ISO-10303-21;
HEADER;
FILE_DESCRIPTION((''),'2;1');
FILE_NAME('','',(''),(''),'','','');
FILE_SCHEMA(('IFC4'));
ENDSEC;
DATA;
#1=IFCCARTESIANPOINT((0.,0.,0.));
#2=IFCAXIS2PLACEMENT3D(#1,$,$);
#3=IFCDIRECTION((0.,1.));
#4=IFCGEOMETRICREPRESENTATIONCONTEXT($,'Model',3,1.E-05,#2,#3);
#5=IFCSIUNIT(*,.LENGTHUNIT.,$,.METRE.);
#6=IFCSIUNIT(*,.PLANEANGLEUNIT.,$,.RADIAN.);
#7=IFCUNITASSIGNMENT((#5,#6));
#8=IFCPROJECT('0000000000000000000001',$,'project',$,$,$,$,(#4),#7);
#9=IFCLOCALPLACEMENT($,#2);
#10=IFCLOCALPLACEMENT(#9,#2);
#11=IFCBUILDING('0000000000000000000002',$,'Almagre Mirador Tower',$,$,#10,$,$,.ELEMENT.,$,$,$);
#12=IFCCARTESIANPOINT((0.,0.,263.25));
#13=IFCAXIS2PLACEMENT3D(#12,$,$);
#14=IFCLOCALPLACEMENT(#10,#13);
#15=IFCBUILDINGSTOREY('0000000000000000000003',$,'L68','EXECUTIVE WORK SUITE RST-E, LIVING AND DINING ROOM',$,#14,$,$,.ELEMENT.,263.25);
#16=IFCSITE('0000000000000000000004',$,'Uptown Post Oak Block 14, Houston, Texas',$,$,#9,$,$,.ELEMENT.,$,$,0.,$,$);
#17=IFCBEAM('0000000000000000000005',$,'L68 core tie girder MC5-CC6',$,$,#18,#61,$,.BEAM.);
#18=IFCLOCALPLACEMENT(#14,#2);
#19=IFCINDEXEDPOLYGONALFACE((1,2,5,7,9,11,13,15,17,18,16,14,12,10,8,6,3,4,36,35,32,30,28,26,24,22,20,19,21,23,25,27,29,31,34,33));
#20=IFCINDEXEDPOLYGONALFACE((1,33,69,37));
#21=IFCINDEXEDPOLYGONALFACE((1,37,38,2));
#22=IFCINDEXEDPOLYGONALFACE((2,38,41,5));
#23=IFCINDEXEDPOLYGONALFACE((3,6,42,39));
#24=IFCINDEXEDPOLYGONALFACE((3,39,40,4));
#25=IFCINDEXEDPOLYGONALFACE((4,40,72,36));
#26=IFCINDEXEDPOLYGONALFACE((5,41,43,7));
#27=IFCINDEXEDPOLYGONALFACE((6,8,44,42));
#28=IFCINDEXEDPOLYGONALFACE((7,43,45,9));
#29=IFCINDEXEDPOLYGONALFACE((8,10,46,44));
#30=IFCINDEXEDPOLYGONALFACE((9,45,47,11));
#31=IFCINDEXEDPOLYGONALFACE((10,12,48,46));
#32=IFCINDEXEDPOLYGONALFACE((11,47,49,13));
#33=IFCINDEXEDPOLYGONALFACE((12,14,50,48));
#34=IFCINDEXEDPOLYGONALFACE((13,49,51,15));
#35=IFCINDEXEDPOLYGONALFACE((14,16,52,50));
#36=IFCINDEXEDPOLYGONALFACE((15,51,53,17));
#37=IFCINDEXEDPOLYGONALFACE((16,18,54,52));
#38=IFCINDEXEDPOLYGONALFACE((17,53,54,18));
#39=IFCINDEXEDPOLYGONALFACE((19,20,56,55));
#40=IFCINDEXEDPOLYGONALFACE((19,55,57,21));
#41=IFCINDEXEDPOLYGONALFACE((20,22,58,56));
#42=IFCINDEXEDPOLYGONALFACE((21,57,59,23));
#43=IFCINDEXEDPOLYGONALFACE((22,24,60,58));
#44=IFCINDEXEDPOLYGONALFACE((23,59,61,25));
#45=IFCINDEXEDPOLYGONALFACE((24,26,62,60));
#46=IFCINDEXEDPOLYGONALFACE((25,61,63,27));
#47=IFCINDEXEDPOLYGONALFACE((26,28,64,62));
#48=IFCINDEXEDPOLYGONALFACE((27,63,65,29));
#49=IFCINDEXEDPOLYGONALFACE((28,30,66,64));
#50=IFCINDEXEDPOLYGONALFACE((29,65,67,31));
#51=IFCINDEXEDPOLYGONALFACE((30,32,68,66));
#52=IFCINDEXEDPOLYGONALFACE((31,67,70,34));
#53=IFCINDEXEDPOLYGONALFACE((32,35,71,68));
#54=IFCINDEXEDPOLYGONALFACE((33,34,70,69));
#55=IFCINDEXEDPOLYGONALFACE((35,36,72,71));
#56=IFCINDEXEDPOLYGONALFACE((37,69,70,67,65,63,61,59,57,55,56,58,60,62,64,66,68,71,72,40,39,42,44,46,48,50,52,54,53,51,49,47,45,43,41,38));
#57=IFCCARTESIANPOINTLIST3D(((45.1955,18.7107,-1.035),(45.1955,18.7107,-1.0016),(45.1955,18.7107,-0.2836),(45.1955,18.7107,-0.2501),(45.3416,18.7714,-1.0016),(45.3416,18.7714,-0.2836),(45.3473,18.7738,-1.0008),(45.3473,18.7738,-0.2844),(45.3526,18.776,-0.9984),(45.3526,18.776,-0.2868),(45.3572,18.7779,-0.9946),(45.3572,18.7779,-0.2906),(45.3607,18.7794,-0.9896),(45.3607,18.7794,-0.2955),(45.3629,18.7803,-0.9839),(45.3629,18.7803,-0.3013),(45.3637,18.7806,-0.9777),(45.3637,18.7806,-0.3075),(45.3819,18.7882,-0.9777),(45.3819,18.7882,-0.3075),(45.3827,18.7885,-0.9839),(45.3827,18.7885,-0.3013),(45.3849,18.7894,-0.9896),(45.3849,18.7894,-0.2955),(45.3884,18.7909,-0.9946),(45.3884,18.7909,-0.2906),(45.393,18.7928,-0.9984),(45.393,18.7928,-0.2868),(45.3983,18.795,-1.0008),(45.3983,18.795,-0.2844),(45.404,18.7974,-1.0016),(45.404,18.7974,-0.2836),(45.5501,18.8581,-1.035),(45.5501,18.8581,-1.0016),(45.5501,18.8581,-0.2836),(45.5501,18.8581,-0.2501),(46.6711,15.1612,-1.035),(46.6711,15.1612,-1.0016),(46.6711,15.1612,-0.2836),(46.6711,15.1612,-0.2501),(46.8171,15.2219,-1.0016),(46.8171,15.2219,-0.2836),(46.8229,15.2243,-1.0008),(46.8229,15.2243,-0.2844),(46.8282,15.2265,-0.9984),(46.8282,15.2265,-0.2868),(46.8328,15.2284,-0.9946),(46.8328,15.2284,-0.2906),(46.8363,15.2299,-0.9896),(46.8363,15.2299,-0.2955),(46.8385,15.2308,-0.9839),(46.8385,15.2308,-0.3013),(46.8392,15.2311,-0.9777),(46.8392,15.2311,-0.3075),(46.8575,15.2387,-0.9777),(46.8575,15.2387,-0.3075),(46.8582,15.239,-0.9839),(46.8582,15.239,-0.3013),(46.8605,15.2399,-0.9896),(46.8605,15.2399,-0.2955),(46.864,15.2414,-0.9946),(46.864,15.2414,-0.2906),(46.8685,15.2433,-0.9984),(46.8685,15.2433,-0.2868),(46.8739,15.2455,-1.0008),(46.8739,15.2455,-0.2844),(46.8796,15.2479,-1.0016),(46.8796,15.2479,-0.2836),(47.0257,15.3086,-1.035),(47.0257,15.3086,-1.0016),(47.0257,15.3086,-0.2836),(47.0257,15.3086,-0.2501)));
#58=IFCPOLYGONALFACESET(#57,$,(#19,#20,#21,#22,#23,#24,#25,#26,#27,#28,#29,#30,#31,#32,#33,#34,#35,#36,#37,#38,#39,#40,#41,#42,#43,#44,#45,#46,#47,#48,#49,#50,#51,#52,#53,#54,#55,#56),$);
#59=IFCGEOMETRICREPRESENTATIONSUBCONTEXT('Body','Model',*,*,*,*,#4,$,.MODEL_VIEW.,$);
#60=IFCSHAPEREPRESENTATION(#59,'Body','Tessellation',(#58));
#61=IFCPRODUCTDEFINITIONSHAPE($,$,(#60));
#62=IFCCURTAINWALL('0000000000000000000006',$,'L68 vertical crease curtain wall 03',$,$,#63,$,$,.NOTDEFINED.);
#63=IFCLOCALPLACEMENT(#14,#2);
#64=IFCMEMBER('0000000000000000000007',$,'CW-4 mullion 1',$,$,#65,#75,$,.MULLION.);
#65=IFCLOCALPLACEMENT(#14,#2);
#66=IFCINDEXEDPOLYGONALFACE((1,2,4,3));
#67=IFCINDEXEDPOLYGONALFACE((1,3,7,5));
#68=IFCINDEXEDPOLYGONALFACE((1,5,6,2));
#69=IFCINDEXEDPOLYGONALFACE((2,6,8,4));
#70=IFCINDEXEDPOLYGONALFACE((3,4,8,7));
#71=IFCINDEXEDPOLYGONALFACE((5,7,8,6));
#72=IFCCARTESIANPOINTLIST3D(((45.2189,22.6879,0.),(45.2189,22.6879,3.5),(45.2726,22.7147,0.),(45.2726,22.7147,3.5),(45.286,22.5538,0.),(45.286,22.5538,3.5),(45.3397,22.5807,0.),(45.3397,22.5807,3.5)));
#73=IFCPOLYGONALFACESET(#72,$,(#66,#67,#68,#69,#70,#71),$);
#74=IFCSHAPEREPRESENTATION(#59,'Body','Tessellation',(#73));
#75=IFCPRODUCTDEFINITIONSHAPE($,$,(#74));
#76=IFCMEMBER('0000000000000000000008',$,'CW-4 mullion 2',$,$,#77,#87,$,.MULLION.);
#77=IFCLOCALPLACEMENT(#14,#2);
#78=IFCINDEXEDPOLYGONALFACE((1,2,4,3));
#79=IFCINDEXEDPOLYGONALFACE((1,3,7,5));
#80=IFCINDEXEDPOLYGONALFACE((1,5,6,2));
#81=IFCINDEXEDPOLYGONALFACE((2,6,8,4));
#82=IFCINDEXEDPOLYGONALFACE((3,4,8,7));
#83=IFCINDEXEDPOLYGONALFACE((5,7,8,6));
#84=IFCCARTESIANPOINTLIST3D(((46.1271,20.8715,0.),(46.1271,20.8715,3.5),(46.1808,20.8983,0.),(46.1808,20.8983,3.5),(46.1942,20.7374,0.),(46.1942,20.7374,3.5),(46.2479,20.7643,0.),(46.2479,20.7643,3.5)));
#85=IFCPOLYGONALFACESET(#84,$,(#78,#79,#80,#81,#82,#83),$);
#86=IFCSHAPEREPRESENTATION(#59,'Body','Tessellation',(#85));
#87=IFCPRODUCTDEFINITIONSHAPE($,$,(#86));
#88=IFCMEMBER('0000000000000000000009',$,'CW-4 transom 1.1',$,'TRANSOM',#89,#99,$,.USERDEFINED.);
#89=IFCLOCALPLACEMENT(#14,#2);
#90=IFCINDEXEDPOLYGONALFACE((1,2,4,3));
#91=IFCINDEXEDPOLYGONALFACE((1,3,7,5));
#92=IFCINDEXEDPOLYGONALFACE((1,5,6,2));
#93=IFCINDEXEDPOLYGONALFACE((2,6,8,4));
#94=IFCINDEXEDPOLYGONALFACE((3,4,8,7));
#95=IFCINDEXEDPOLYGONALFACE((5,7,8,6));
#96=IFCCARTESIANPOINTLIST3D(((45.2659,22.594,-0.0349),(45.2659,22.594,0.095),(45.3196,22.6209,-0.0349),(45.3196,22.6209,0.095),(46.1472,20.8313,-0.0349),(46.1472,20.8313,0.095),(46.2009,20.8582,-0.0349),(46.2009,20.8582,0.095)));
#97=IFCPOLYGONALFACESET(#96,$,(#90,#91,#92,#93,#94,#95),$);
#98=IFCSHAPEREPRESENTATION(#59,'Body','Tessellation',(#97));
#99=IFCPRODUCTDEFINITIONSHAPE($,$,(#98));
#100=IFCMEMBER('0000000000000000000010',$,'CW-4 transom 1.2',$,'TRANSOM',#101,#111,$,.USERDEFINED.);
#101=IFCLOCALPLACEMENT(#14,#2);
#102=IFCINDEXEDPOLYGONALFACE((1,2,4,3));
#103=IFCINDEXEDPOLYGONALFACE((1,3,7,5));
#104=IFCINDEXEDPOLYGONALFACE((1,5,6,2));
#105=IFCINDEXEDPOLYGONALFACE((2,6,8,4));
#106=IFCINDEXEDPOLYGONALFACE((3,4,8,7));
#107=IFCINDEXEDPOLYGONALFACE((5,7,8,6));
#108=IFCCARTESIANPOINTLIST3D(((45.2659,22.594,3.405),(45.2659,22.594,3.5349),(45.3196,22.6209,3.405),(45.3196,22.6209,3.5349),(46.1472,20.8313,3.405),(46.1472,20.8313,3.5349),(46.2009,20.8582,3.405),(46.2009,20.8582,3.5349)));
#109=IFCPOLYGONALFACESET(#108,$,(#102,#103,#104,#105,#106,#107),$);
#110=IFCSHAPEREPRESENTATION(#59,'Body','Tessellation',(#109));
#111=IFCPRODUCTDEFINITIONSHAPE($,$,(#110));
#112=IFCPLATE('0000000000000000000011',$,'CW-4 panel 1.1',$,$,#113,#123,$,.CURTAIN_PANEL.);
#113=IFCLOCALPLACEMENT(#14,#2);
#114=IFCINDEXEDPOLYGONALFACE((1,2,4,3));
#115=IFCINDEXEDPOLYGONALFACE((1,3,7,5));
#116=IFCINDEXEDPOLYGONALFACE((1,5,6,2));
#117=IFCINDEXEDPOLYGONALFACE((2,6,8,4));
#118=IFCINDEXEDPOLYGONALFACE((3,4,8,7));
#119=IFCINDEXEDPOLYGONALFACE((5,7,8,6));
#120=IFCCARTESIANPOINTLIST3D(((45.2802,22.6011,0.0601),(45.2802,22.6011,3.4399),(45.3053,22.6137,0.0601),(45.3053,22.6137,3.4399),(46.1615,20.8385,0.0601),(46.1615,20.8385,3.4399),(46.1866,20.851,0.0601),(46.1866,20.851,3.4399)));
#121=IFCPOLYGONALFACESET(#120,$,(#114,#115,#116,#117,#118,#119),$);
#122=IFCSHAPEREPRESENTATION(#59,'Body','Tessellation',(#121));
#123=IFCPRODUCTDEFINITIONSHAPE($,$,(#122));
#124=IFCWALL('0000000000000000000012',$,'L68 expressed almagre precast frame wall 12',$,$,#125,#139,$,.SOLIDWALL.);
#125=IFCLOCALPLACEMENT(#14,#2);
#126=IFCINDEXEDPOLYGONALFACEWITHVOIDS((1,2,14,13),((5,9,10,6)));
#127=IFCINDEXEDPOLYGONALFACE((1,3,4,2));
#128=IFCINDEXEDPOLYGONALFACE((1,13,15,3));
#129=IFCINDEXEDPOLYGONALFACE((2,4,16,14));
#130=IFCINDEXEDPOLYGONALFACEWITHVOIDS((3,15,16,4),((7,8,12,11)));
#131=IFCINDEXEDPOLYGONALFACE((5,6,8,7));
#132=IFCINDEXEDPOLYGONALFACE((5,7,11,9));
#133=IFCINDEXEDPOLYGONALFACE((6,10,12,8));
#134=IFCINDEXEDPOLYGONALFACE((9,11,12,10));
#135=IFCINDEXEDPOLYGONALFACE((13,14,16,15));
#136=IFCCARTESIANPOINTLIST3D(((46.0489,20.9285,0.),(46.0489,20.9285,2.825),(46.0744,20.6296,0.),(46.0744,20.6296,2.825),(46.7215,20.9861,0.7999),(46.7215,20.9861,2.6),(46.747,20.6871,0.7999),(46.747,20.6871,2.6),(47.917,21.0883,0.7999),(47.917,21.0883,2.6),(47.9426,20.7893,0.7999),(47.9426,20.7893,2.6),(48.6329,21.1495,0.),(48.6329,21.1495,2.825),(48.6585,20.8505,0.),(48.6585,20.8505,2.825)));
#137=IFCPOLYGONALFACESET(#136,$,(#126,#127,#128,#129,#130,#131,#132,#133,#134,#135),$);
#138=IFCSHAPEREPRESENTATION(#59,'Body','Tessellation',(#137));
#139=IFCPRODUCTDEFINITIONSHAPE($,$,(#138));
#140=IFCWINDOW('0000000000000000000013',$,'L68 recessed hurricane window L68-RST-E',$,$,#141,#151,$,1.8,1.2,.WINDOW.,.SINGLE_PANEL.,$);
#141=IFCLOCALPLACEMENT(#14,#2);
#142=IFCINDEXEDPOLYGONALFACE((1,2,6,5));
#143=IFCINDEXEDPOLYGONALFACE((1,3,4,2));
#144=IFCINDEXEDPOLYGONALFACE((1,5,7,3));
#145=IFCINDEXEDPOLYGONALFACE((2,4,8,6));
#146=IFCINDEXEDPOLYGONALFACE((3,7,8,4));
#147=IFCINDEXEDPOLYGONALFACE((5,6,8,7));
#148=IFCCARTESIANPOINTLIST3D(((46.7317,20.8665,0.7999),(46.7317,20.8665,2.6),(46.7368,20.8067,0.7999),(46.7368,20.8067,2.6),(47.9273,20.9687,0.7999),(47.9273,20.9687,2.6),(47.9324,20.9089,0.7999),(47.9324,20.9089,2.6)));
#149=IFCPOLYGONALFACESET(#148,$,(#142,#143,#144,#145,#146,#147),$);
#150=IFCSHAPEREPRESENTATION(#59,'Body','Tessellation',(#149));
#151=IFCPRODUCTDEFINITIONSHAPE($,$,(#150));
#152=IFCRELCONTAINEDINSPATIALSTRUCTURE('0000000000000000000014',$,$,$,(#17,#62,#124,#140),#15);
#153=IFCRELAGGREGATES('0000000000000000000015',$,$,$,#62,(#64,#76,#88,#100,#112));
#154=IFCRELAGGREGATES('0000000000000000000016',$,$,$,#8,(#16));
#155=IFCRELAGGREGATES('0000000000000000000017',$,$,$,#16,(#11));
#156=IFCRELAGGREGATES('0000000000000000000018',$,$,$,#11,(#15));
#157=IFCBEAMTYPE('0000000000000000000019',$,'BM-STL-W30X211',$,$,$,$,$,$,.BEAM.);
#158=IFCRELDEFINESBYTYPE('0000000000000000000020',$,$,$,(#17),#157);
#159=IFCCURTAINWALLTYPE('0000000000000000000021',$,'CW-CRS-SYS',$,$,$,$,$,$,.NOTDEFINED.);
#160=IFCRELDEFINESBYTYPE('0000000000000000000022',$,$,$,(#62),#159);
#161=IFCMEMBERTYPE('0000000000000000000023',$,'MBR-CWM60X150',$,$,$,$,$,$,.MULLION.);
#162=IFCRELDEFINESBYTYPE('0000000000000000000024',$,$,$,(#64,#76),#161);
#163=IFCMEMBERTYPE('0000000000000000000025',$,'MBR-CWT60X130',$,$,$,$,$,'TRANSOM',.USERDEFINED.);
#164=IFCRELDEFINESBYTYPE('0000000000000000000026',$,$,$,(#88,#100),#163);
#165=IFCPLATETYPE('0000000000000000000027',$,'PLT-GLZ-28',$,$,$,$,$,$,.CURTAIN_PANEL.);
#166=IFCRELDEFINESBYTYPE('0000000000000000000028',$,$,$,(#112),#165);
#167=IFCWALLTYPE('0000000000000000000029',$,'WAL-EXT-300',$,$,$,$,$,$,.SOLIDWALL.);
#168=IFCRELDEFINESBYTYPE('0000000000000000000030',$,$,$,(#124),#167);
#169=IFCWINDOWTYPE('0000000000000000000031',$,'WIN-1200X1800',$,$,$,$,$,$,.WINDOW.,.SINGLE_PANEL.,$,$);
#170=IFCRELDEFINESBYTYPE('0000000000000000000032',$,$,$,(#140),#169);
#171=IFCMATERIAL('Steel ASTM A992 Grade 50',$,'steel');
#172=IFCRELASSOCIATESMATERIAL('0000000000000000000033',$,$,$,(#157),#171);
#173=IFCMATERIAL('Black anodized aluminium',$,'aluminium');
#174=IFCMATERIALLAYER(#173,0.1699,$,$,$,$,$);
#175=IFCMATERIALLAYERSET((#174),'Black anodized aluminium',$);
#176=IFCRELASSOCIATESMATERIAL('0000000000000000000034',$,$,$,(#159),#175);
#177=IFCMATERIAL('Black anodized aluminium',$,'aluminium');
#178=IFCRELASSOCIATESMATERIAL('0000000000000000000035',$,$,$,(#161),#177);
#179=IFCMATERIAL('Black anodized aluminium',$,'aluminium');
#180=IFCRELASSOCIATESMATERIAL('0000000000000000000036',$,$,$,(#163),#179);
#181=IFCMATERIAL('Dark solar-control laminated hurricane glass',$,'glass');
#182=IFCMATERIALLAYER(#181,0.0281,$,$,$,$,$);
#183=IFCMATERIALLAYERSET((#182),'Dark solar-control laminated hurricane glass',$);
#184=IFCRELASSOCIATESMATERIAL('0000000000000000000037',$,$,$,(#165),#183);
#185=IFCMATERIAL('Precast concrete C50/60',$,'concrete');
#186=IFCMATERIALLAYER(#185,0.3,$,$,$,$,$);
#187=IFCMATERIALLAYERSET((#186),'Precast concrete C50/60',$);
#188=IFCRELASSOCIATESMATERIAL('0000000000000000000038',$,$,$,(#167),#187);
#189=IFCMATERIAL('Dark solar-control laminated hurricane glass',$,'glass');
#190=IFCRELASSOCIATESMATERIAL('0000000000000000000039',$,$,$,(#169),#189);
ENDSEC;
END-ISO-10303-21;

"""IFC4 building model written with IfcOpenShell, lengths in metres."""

from ifc_helpers import new_model, si_unit, direction, frame, frame_2d, origin, origin_2d, place, context, subcontext, project, spatial, rectangle, i_section, extrude, material, layer, layer_set, material_profile, profile_set, type_object, element, fill, aggregate, save


model = new_model("IFC4")

# Units and contexts
model_context = context("Model", 3, precision=1e-05, world=origin(), true_north=direction((0.0, 1.0)))
body_context = subcontext(model_context, "Body", "Model", "MODEL_VIEW")
ifc_project = project(units=[si_unit("LENGTHUNIT", "METRE"), si_unit("PLANEANGLEUNIT", "RADIAN")], contexts=[model_context])

# Site, building, storey
site_placement = place(None, origin())
site = spatial("IfcSite", under=ifc_project, at=site_placement, Name="Uptown Post Oak Block 14, Houston, Texas", CompositionType="ELEMENT", RefElevation=0.0)
building_placement = place(site_placement, origin())
building = spatial("IfcBuilding", under=site, at=building_placement, Name="Almagre Mirador Tower", CompositionType="ELEMENT")
storey_placement = place(building_placement, frame((0.0, 0.0, 263.25)))
storey = spatial("IfcBuildingStorey", under=building, at=storey_placement, Name="L68", Description="EXECUTIVE WORK SUITE RST-E, LIVING AND DINING ROOM", CompositionType="ELEMENT", Elevation=263.25)

# Beam
ifc_material_1 = material(Name="Steel ASTM A992 Grade 50", Category="steel")
ifc_material_profile_1 = material_profile(ifc_material_1, i_section(OverallWidth=0.384, OverallDepth=0.7849, WebThickness=0.0198, FlangeThickness=0.0334, FilletRadius=0.0239, at=origin_2d()), Name="W30X211")
ifc_profile_set_1 = profile_set([ifc_material_profile_1], Name="Steel ASTM A992 Grade 50")
beam_type_1 = type_object("IfcBeamType", Name="BM-STL-W30X211", PredefinedType="BEAM", material=ifc_profile_set_1)
beam_1_placement = place(storey_placement, frame((45.3728, 18.7844, -0.6426), z_axis=(0.383862, -0.92339, 0.0), x_axis=(0.92339, 0.383862, 0.0)))
element("IfcBeam", 1, at=beam_1_placement, inside=storey, type_object=beam_type_1, Name="L68 core tie girder MC5-CC6", PredefinedType="BEAM", context=body_context, shape_type="SweptSolid", body=[
    extrude(i_section(OverallWidth=0.384, OverallDepth=0.7849, WebThickness=0.0198, FlangeThickness=0.0334, FilletRadius=0.0239, at=origin_2d()), origin(), (0.0, 0.0, 1.0), 3.844),
])

# Curtain wall, members, plate
ifc_material_2 = material(Name="Black anodized aluminium", Category="aluminium")
ifc_layer_1 = layer(ifc_material_2, 0.1699)
ifc_layer_set_1 = layer_set([ifc_layer_1], Name="Black anodized aluminium")
curtain_wall_type = type_object("IfcCurtainWallType", Name="CW-CRS-SYS", PredefinedType="NOTDEFINED", material=ifc_layer_set_1)
curtain_wall_placement = place(storey_placement, origin())
curtain_wall = element("IfcCurtainWall", 2, at=curtain_wall_placement, inside=storey, type_object=curtain_wall_type, Name="L68 vertical crease curtain wall 03", PredefinedType="NOTDEFINED")
ifc_material_3 = material(Name="Black anodized aluminium", Category="aluminium")
ifc_material_profile_2 = material_profile(ifc_material_3, rectangle(XDim=0.0601, YDim=0.1499, at=origin_2d()), Name="CWM60X150")
ifc_profile_set_2 = profile_set([ifc_material_profile_2], Name="Black anodized aluminium")
member_type_1 = type_object("IfcMemberType", Name="MBR-CWM60X150", PredefinedType="MULLION", material=ifc_profile_set_2)
member_1_placement = place(storey_placement, frame((45.2793, 22.6343, 0.0), z_axis=(0.0, 0.0, 1.0), x_axis=(0.894427, 0.447214, 0.0)))
member_1 = element("IfcMember", 3, at=member_1_placement, type_object=member_type_1, Name="CW-4 mullion 1", PredefinedType="MULLION", context=body_context, shape_type="SweptSolid", body=[
    extrude(rectangle(XDim=0.0601, YDim=0.1499, at=origin_2d()), origin(), (0.0, 0.0, 1.0), 3.5),
])
member_2_placement = place(storey_placement, frame((46.1875, 20.8179, 0.0), z_axis=(0.0, 0.0, 1.0), x_axis=(0.894427, 0.447214, 0.0)))
member_2 = element("IfcMember", 4, at=member_2_placement, type_object=member_type_1, Name="CW-4 mullion 2", PredefinedType="MULLION", context=body_context, shape_type="SweptSolid", body=[
    extrude(rectangle(XDim=0.0601, YDim=0.1499, at=origin_2d()), origin(), (0.0, 0.0, 1.0), 3.5),
])
ifc_material_4 = material(Name="Black anodized aluminium", Category="aluminium")
ifc_material_profile_3 = material_profile(ifc_material_4, rectangle(XDim=0.0601, YDim=0.1299, at=origin_2d()), Name="CWT60X130")
ifc_profile_set_3 = profile_set([ifc_material_profile_3], Name="Black anodized aluminium")
member_type_2 = type_object("IfcMemberType", Name="MBR-CWT60X130", ElementType="TRANSOM", PredefinedType="USERDEFINED", material=ifc_profile_set_3)
member_3_placement = place(storey_placement, frame((45.2927, 22.6074, 0.03), z_axis=(0.447214, -0.894427, 0.0), x_axis=(0.894427, 0.447214, 0.0)))
member_3 = element("IfcMember", 5, at=member_3_placement, type_object=member_type_2, Name="CW-4 transom 1.1", ObjectType="TRANSOM", PredefinedType="USERDEFINED", context=body_context, shape_type="SweptSolid", body=[
    extrude(rectangle(XDim=0.0601, YDim=0.1299, at=origin_2d()), origin(), (0.0, 0.0, 1.0), 1.9707),
])
member_4_placement = place(storey_placement, frame((45.2927, 22.6074, 3.47), z_axis=(0.447214, -0.894427, 0.0), x_axis=(0.894427, 0.447214, 0.0)))
member_4 = element("IfcMember", 6, at=member_4_placement, type_object=member_type_2, Name="CW-4 transom 1.2", ObjectType="TRANSOM", PredefinedType="USERDEFINED", context=body_context, shape_type="SweptSolid", body=[
    extrude(rectangle(XDim=0.0601, YDim=0.1299, at=origin_2d()), origin(), (0.0, 0.0, 1.0), 1.9707),
])
ifc_material_5 = material(Name="Dark solar-control laminated hurricane glass", Category="glass")
ifc_layer_2 = layer(ifc_material_5, 0.0281)
ifc_layer_set_2 = layer_set([ifc_layer_2], Name="Dark solar-control laminated hurricane glass")
plate_type = type_object("IfcPlateType", Name="PLT-GLZ-28", PredefinedType="CURTAIN_PANEL", material=ifc_layer_set_2)
plate_placement = place(storey_placement, frame((45.7334, 21.7261, 0.0601), z_axis=(0.0, 0.0, 1.0), x_axis=(0.447214, -0.894427, 0.0)))
plate = element("IfcPlate", 7, at=plate_placement, type_object=plate_type, Name="CW-4 panel 1.1", PredefinedType="CURTAIN_PANEL", context=body_context, shape_type="SweptSolid", body=[
    extrude(rectangle(XDim=1.9707, YDim=0.0281, at=origin_2d()), origin(), (0.0, 0.0, 1.0), 3.3799),
])
aggregate(curtain_wall, [member_1, member_2, member_3, member_4, plate])

# Wall, opening, window
ifc_material_6 = material(Name="Precast concrete C50/60", Category="concrete")
ifc_layer_3 = layer(ifc_material_6, 0.3)
ifc_layer_set_3 = layer_set([ifc_layer_3], Name="Precast concrete C50/60")
wall_type_1 = type_object("IfcWallType", Name="WAL-EXT-300", PredefinedType="SOLIDWALL", material=ifc_layer_set_3)
wall_1_placement = place(storey_placement, frame((46.0615, 20.7791, 0.0), z_axis=(0.0, 0.0, 1.0), x_axis=(0.996364, 0.085196, 0.0)))
wall_1 = element("IfcWall", 8, at=wall_1_placement, inside=storey, type_object=wall_type_1, Name="L68 expressed almagre precast frame wall 12", PredefinedType="SOLIDWALL", context=body_context, shape_type="SweptSolid", body=[
    extrude(rectangle(XDim=2.5935, YDim=0.3, at=frame_2d((1.2969, 0.0))), origin(), (0.0, 0.0, 1.0), 2.825),
])
opening_1_placement = place(wall_1_placement, frame((0.675, 0.0, 0.8)))
opening_1 = element("IfcOpeningElement", 9, at=opening_1_placement, cuts=wall_1, PredefinedType="OPENING", context=body_context, shape_type="SweptSolid", body=[
    extrude(rectangle(XDim=1.2, YDim=1.8, at=frame_2d((0.6001, 0.8999))), frame((0.0, 0.1599, 0.0), z_axis=(0.0, -1.0, 0.0), x_axis=(1.0, 0.0, 0.0)), (0.0, 0.0, 1.0), 0.32),
])
ifc_material_7 = material(Name="Dark solar-control laminated hurricane glass", Category="glass")
window_type_1 = type_object("IfcWindowType", Name="WIN-1200X1800", PartitioningType="SINGLE_PANEL", PredefinedType="WINDOW", material=ifc_material_7)
window_1_placement = place(opening_1_placement, origin())
window_1 = element("IfcWindow", 10, at=window_1_placement, inside=storey, type_object=window_type_1, Name="L68 recessed hurricane window L68-RST-E", OverallHeight=1.8, OverallWidth=1.2, PartitioningType="SINGLE_PANEL", PredefinedType="WINDOW", context=body_context, shape_type="SweptSolid", body=[
    extrude(rectangle(XDim=1.2, YDim=1.8, at=frame_2d((0.6001, 0.8999))), frame((0.0, 0.03, 0.0), z_axis=(0.0, -1.0, 0.0), x_axis=(1.0, 0.0, 0.0)), (0.0, 0.0, 1.0), 0.0601),
])
fill(opening_1, window_1)

save(model, "model.ifc")
